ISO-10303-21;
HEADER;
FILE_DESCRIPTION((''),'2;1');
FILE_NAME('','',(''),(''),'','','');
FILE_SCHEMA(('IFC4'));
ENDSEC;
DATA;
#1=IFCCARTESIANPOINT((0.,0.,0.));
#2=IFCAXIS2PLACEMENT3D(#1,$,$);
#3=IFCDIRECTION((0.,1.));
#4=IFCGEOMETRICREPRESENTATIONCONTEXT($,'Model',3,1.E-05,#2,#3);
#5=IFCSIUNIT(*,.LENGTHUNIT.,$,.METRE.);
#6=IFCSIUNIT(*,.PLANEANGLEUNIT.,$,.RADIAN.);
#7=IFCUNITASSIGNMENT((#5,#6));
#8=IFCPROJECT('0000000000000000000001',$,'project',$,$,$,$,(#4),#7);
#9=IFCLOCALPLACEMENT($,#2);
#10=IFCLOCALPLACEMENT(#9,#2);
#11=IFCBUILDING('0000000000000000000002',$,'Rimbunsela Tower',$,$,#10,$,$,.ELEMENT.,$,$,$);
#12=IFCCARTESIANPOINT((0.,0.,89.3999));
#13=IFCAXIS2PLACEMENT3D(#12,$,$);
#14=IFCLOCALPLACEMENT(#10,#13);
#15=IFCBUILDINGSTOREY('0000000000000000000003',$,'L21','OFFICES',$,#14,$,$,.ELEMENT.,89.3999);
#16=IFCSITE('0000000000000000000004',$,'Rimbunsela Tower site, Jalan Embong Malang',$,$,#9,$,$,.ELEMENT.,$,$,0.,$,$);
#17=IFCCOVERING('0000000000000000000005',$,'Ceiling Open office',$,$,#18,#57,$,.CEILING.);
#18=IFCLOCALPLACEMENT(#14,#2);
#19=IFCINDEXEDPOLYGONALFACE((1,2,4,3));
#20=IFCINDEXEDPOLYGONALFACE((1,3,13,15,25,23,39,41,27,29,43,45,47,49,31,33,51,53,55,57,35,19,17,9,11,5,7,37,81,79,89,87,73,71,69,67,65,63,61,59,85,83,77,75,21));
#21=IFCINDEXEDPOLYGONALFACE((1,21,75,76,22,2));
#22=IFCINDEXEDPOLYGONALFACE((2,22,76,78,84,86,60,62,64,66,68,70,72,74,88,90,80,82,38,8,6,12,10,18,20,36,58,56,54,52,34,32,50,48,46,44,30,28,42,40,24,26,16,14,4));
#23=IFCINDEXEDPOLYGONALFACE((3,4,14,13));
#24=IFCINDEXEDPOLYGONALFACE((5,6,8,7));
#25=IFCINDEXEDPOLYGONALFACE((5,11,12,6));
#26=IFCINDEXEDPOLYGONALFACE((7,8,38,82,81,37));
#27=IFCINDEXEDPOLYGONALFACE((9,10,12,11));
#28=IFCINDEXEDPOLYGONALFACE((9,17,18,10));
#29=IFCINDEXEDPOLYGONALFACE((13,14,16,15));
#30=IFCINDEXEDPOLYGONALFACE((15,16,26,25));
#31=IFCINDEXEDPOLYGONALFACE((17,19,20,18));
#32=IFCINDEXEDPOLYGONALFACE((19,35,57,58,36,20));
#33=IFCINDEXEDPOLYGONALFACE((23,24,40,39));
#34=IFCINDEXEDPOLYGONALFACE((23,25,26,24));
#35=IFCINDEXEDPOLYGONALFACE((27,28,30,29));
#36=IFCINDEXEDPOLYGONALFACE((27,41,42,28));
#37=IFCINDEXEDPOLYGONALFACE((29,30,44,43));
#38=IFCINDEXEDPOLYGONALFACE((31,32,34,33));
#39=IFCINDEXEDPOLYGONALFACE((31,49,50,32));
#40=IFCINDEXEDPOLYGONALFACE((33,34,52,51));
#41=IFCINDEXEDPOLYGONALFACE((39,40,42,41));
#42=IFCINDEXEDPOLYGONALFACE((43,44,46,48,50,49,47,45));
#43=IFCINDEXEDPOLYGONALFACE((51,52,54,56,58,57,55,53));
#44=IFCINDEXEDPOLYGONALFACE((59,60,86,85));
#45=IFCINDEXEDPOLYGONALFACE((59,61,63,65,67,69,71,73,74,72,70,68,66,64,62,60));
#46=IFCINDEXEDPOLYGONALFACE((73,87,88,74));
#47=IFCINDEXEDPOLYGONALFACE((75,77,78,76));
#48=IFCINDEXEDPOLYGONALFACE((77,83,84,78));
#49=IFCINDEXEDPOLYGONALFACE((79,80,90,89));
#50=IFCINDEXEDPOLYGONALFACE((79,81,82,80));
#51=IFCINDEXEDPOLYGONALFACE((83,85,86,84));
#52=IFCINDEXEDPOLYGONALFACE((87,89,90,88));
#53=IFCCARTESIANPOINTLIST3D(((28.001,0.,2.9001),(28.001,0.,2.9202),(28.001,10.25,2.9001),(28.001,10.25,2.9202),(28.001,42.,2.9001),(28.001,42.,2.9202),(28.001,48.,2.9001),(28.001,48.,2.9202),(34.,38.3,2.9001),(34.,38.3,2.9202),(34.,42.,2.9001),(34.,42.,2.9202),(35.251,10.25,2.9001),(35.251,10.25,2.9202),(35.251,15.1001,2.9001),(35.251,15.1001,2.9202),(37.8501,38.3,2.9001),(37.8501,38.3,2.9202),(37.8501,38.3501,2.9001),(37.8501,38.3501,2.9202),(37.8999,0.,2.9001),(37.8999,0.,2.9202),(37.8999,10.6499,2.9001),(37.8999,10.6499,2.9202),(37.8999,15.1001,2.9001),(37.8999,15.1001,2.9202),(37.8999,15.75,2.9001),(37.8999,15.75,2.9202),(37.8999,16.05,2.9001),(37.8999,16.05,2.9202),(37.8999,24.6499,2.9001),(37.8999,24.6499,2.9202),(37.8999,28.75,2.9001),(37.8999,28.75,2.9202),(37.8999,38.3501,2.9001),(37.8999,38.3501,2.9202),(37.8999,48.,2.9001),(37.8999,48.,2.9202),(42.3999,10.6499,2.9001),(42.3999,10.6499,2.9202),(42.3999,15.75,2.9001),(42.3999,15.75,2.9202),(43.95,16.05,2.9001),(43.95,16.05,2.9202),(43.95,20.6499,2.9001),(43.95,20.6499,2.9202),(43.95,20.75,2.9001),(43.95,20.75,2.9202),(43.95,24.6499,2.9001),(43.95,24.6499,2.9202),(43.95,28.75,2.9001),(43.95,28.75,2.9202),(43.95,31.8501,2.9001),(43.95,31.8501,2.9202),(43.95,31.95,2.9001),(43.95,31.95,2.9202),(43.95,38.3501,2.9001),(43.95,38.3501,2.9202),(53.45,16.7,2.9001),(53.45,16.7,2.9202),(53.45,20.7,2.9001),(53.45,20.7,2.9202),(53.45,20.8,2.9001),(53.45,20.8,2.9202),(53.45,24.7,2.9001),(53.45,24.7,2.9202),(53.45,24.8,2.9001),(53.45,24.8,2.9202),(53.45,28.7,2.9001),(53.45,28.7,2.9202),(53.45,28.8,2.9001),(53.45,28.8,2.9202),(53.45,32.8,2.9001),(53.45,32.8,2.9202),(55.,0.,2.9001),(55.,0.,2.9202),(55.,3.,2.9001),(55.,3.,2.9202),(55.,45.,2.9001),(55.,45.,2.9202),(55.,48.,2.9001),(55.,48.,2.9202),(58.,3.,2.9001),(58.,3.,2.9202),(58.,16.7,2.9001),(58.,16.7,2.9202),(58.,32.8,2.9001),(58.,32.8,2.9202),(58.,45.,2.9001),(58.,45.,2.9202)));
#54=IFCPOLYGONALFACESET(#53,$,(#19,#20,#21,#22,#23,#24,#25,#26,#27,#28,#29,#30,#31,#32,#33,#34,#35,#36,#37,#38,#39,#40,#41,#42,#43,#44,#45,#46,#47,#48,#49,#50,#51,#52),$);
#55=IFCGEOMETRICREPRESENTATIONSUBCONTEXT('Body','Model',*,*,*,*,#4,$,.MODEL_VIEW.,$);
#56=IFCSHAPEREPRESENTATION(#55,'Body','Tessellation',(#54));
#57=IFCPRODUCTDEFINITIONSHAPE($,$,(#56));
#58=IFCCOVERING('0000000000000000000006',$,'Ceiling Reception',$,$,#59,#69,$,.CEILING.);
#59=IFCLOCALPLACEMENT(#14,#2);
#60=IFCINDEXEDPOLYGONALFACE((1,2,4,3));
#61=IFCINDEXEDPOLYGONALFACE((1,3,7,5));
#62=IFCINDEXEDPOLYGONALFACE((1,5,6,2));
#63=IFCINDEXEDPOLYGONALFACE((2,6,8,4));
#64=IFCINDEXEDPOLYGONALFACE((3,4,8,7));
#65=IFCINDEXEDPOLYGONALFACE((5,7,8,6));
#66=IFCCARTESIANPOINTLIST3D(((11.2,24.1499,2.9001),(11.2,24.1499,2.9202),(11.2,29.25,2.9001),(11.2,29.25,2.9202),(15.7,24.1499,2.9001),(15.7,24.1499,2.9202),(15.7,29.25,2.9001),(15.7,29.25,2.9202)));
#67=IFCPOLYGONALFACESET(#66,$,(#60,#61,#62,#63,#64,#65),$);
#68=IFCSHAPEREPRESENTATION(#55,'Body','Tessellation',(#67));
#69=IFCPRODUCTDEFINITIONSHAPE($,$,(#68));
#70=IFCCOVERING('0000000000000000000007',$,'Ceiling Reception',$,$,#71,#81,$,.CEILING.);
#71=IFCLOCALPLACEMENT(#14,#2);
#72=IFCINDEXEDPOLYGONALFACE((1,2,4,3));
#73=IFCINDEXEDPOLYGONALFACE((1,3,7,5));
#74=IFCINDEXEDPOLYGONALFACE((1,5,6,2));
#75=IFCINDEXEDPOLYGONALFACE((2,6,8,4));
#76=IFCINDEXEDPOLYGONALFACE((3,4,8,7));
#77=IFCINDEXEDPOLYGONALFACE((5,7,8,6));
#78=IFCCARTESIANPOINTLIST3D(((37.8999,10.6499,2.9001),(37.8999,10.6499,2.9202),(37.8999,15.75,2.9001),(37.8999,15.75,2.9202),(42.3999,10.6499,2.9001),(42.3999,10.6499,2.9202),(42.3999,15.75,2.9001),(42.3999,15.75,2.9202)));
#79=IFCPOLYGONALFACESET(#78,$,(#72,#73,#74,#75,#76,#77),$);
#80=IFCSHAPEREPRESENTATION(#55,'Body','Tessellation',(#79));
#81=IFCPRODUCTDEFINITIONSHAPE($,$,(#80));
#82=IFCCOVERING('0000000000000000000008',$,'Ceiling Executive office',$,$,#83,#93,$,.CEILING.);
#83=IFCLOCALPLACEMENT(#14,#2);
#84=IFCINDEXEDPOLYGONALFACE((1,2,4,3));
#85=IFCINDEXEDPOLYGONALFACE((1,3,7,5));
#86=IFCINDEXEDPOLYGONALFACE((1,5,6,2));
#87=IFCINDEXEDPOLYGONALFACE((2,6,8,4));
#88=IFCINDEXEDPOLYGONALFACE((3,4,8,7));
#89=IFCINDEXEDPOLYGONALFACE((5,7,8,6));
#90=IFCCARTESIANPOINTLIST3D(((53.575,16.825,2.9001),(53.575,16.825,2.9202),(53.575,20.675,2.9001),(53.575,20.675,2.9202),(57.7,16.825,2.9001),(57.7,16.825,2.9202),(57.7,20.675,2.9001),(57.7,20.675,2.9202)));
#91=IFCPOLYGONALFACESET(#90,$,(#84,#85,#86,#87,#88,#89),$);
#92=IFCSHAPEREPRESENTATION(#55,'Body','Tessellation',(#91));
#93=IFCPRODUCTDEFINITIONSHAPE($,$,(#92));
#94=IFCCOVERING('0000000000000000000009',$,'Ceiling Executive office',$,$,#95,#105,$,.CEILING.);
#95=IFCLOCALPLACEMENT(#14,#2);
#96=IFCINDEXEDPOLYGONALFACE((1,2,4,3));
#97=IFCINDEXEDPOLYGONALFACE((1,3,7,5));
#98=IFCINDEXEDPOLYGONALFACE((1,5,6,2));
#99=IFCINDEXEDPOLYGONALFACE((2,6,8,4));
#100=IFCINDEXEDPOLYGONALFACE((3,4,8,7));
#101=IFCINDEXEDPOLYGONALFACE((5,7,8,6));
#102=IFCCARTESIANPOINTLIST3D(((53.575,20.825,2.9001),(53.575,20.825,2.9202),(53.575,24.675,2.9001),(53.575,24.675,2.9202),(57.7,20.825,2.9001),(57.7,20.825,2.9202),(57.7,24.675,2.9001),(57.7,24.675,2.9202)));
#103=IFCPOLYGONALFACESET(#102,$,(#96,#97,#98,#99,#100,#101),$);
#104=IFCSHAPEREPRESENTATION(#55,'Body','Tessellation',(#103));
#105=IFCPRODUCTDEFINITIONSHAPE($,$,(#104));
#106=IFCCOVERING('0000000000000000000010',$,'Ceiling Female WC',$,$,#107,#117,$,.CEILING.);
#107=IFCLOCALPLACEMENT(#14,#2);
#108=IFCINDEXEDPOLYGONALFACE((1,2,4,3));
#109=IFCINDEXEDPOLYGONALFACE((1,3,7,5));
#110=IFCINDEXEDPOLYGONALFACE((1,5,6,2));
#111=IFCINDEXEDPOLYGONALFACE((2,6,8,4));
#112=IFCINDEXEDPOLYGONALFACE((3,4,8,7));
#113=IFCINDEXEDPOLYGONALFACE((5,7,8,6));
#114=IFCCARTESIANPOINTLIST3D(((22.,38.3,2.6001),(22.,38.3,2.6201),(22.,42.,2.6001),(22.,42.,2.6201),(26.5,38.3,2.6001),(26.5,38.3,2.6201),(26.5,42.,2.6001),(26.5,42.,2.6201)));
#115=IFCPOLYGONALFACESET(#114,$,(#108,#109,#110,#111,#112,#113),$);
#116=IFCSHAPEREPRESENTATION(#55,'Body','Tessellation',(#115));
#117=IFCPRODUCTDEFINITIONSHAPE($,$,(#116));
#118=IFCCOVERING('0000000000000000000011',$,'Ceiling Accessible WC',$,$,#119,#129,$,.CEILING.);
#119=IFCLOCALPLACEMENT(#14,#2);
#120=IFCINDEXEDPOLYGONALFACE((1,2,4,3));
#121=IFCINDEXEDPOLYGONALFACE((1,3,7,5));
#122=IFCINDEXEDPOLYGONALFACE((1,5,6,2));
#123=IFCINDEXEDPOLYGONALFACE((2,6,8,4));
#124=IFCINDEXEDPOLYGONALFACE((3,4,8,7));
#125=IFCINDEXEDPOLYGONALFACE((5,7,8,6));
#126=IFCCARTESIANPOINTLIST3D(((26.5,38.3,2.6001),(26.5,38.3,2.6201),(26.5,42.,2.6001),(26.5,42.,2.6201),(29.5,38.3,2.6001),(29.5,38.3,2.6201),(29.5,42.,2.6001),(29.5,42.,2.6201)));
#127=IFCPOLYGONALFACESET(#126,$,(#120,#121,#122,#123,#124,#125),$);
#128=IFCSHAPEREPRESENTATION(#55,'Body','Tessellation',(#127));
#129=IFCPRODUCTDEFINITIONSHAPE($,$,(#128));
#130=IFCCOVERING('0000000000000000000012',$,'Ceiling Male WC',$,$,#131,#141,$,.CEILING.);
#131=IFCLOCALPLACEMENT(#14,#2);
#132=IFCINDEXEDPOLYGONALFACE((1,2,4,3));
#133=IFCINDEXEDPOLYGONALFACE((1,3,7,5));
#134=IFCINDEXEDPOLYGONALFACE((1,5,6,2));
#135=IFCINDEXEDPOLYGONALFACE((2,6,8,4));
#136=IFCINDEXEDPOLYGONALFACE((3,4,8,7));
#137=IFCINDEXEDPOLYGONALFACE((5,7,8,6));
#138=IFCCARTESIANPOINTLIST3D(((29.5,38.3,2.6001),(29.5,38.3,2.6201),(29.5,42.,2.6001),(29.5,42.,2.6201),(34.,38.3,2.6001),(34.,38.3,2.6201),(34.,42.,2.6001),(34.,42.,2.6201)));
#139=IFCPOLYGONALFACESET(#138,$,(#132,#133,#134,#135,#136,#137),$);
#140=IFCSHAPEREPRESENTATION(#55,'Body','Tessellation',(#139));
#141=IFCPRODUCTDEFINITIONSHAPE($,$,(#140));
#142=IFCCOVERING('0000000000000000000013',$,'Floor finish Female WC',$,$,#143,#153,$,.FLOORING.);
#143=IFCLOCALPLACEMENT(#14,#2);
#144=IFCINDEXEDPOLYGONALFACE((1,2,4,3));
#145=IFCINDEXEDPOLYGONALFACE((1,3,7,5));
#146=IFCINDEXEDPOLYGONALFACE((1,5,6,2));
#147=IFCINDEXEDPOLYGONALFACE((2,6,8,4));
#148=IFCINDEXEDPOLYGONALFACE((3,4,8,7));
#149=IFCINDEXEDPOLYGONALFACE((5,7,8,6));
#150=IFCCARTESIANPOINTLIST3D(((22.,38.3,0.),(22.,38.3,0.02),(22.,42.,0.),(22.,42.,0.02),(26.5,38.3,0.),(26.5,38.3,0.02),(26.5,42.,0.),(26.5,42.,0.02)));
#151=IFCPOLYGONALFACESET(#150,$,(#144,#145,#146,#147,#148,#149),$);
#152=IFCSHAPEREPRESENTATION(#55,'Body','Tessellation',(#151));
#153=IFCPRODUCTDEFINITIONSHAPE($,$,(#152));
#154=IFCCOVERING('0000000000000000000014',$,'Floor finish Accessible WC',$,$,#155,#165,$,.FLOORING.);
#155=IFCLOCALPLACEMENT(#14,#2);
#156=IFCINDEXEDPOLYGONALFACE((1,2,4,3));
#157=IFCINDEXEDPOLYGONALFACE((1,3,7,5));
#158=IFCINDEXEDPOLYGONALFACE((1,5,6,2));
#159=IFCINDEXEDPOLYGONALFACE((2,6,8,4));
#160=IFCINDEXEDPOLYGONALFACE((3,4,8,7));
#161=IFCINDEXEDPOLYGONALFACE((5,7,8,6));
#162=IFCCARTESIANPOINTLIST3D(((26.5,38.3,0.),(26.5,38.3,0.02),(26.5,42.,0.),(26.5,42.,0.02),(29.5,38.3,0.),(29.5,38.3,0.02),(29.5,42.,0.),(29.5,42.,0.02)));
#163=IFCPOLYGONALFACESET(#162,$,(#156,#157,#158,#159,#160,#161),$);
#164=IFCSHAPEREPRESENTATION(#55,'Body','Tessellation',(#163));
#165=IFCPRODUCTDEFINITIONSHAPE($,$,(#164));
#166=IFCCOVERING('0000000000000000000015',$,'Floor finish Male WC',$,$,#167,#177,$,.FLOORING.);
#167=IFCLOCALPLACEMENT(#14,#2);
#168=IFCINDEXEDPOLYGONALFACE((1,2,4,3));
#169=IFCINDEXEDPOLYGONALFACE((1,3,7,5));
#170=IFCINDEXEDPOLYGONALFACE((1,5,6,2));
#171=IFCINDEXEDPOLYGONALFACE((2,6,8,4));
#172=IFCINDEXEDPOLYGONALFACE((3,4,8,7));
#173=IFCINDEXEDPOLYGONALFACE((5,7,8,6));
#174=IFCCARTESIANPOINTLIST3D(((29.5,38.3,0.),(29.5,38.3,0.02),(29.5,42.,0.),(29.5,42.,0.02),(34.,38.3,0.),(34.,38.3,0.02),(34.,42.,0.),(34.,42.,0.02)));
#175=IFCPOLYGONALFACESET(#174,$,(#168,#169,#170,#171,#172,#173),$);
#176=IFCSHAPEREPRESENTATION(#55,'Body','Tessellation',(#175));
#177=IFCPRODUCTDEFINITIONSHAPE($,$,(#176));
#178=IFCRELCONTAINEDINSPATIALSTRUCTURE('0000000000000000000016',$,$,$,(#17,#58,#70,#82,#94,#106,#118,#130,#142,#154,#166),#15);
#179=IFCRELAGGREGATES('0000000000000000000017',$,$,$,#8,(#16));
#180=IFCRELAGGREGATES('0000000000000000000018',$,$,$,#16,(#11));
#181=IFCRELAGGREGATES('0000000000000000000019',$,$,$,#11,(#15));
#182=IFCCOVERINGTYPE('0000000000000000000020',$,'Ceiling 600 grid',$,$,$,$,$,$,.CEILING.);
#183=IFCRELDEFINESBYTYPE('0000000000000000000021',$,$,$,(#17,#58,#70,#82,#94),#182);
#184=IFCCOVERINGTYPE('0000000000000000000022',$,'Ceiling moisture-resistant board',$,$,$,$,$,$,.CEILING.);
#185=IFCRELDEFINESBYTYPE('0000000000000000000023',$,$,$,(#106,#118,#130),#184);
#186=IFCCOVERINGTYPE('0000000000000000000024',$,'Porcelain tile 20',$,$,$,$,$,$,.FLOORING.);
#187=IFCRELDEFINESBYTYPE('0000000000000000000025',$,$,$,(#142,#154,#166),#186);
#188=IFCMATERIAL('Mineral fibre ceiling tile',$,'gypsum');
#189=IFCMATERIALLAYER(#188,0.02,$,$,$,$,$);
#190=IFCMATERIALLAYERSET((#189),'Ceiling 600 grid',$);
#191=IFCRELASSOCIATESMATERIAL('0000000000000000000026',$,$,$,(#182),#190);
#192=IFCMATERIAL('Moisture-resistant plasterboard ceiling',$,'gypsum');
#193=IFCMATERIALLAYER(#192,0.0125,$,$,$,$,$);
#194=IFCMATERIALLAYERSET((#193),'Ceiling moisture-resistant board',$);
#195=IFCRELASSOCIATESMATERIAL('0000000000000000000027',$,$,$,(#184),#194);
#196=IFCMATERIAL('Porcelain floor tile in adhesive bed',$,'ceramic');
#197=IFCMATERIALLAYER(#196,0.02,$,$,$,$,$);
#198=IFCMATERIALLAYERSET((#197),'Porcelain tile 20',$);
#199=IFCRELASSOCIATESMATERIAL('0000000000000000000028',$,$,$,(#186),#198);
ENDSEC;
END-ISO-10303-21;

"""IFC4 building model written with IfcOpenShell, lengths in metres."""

from ifc_helpers import new_model, si_unit, direction, frame, origin, place, context, subcontext, project, spatial, polyline, outline, extrude, material, layer, layer_set, type_object, element, save


model = new_model("IFC4")

# Units and contexts
model_context = context("Model", 3, precision=1e-05, world=origin(), true_north=direction((0.0, 1.0)))
body_context = subcontext(model_context, "Body", "Model", "MODEL_VIEW")
ifc_project = project(units=[si_unit("LENGTHUNIT", "METRE"), si_unit("PLANEANGLEUNIT", "RADIAN")], contexts=[model_context])

# Site, building, storey
site_placement = place(None, origin())
site = spatial("IfcSite", under=ifc_project, at=site_placement, Name="Rimbunsela Tower site, Jalan Embong Malang", CompositionType="ELEMENT", RefElevation=0.0)
building_placement = place(site_placement, origin())
building = spatial("IfcBuilding", under=site, at=building_placement, Name="Rimbunsela Tower", CompositionType="ELEMENT")
storey_placement = place(building_placement, frame((0.0, 0.0, 89.3999)))
storey = spatial("IfcBuildingStorey", under=building, at=storey_placement, Name="L21", Description="OFFICES", CompositionType="ELEMENT", Elevation=89.3999)

# Coverings
ifc_material_1 = material(Name="Mineral fibre ceiling tile", Category="gypsum")
ifc_layer_1 = layer(ifc_material_1, 0.02)
ifc_layer_set_1 = layer_set([ifc_layer_1], Name="Ceiling 600 grid")
covering_type_1 = type_object("IfcCoveringType", Name="Ceiling 600 grid", PredefinedType="CEILING", material=ifc_layer_set_1)
covering_1_placement = place(storey_placement, frame((0.0, 0.0, 2.9001)))
element("IfcCovering", 1, at=covering_1_placement, inside=storey, type_object=covering_type_1, Name="Ceiling Open office", PredefinedType="CEILING", context=body_context, shape_type="SweptSolid", body=[
    extrude(outline(polyline([(37.8999, 10.6499), (42.3999, 10.6499), (42.3999, 15.75), (37.8999, 15.75), (37.8999, 16.05), (43.95, 16.05), (43.95, 20.6499), (43.95, 20.75), (43.95, 24.6499), (37.8999, 24.6499), (37.8999, 28.75), (43.95, 28.75), (43.95, 31.8501), (43.95, 31.95), (43.95, 38.3501), (37.8999, 38.3501), (37.8501, 38.3501), (37.8501, 38.3), (34.0, 38.3), (34.0, 42.0), (28.001, 42.0), (28.001, 48.0), (37.8999, 48.0), (55.0, 48.0), (55.0, 45.0), (58.0, 45.0), (58.0, 32.8), (53.45, 32.8), (53.45, 28.8), (53.45, 28.7), (53.45, 24.8), (53.45, 24.7), (53.45, 20.8), (53.45, 20.7), (53.45, 16.7), (58.0, 16.7), (58.0, 3.0), (55.0, 3.0), (55.0, 0.0), (37.8999, 0.0), (28.001, 0.0), (28.001, 10.25), (35.251, 10.25), (35.251, 15.1001), (37.8999, 15.1001), (37.8999, 10.6499)])), origin(), (0.0, 0.0, 1.0), 0.02),
])
covering_2_placement = place(storey_placement, frame((0.0, 0.0, 2.9001)))
element("IfcCovering", 2, at=covering_2_placement, inside=storey, type_object=covering_type_1, Name="Ceiling Reception", PredefinedType="CEILING", context=body_context, shape_type="SweptSolid", body=[
    extrude(outline(polyline([(15.7, 24.1499), (15.7, 29.25), (11.2, 29.25), (11.2, 24.1499), (15.7, 24.1499)])), origin(), (0.0, 0.0, 1.0), 0.02),
])
covering_3_placement = place(storey_placement, frame((0.0, 0.0, 2.9001)))
element("IfcCovering", 3, at=covering_3_placement, inside=storey, type_object=covering_type_1, Name="Ceiling Reception", PredefinedType="CEILING", context=body_context, shape_type="SweptSolid", body=[
    extrude(outline(polyline([(42.3999, 10.6499), (42.3999, 15.75), (37.8999, 15.75), (37.8999, 10.6499), (42.3999, 10.6499)])), origin(), (0.0, 0.0, 1.0), 0.02),
])
covering_4_placement = place(storey_placement, frame((0.0, 0.0, 2.9001)))
element("IfcCovering", 4, at=covering_4_placement, inside=storey, type_object=covering_type_1, Name="Ceiling Executive office", PredefinedType="CEILING", context=body_context, shape_type="SweptSolid", body=[
    extrude(outline(polyline([(57.7, 16.825), (57.7, 20.675), (53.575, 20.675), (53.575, 16.825), (57.7, 16.825)])), origin(), (0.0, 0.0, 1.0), 0.02),
])
covering_5_placement = place(storey_placement, frame((0.0, 0.0, 2.9001)))
element("IfcCovering", 5, at=covering_5_placement, inside=storey, type_object=covering_type_1, Name="Ceiling Executive office", PredefinedType="CEILING", context=body_context, shape_type="SweptSolid", body=[
    extrude(outline(polyline([(57.7, 20.825), (57.7, 24.675), (53.575, 24.675), (53.575, 20.825), (57.7, 20.825)])), origin(), (0.0, 0.0, 1.0), 0.02),
])
ifc_material_2 = material(Name="Moisture-resistant plasterboard ceiling", Category="gypsum")
ifc_layer_2 = layer(ifc_material_2, 0.0125)
ifc_layer_set_2 = layer_set([ifc_layer_2], Name="Ceiling moisture-resistant board")
covering_type_2 = type_object("IfcCoveringType", Name="Ceiling moisture-resistant board", PredefinedType="CEILING", material=ifc_layer_set_2)
covering_6_placement = place(storey_placement, frame((0.0, 0.0, 2.6001)))
element("IfcCovering", 6, at=covering_6_placement, inside=storey, type_object=covering_type_2, Name="Ceiling Female WC", PredefinedType="CEILING", context=body_context, shape_type="SweptSolid", body=[
    extrude(outline(polyline([(26.5, 38.3), (26.5, 42.0), (22.0, 42.0), (22.0, 38.3), (26.5, 38.3)])), origin(), (0.0, 0.0, 1.0), 0.02),
])
covering_7_placement = place(storey_placement, frame((0.0, 0.0, 2.6001)))
element("IfcCovering", 7, at=covering_7_placement, inside=storey, type_object=covering_type_2, Name="Ceiling Accessible WC", PredefinedType="CEILING", context=body_context, shape_type="SweptSolid", body=[
    extrude(outline(polyline([(29.5, 38.3), (29.5, 42.0), (26.5, 42.0), (26.5, 38.3), (29.5, 38.3)])), origin(), (0.0, 0.0, 1.0), 0.02),
])
covering_8_placement = place(storey_placement, frame((0.0, 0.0, 2.6001)))
element("IfcCovering", 8, at=covering_8_placement, inside=storey, type_object=covering_type_2, Name="Ceiling Male WC", PredefinedType="CEILING", context=body_context, shape_type="SweptSolid", body=[
    extrude(outline(polyline([(34.0, 38.3), (34.0, 42.0), (29.5, 42.0), (29.5, 38.3), (34.0, 38.3)])), origin(), (0.0, 0.0, 1.0), 0.02),
])
ifc_material_3 = material(Name="Porcelain floor tile in adhesive bed", Category="ceramic")
ifc_layer_3 = layer(ifc_material_3, 0.02)
ifc_layer_set_3 = layer_set([ifc_layer_3], Name="Porcelain tile 20")
covering_type_3 = type_object("IfcCoveringType", Name="Porcelain tile 20", PredefinedType="FLOORING", material=ifc_layer_set_3)
covering_9_placement = place(storey_placement, origin())
element("IfcCovering", 9, at=covering_9_placement, inside=storey, type_object=covering_type_3, Name="Floor finish Female WC", PredefinedType="FLOORING", context=body_context, shape_type="SweptSolid", body=[
    extrude(outline(polyline([(26.5, 38.3), (26.5, 42.0), (22.0, 42.0), (22.0, 38.3), (26.5, 38.3)])), origin(), (0.0, 0.0, 1.0), 0.02),
])
covering_10_placement = place(storey_placement, origin())
element("IfcCovering", 10, at=covering_10_placement, inside=storey, type_object=covering_type_3, Name="Floor finish Accessible WC", PredefinedType="FLOORING", context=body_context, shape_type="SweptSolid", body=[
    extrude(outline(polyline([(29.5, 38.3), (29.5, 42.0), (26.5, 42.0), (26.5, 38.3), (29.5, 38.3)])), origin(), (0.0, 0.0, 1.0), 0.02),
])
covering_11_placement = place(storey_placement, origin())
element("IfcCovering", 11, at=covering_11_placement, inside=storey, type_object=covering_type_3, Name="Floor finish Male WC", PredefinedType="FLOORING", context=body_context, shape_type="SweptSolid", body=[
    extrude(outline(polyline([(34.0, 38.3), (34.0, 42.0), (29.5, 42.0), (29.5, 38.3), (34.0, 38.3)])), origin(), (0.0, 0.0, 1.0), 0.02),
])

save(model, "model.ifc")
